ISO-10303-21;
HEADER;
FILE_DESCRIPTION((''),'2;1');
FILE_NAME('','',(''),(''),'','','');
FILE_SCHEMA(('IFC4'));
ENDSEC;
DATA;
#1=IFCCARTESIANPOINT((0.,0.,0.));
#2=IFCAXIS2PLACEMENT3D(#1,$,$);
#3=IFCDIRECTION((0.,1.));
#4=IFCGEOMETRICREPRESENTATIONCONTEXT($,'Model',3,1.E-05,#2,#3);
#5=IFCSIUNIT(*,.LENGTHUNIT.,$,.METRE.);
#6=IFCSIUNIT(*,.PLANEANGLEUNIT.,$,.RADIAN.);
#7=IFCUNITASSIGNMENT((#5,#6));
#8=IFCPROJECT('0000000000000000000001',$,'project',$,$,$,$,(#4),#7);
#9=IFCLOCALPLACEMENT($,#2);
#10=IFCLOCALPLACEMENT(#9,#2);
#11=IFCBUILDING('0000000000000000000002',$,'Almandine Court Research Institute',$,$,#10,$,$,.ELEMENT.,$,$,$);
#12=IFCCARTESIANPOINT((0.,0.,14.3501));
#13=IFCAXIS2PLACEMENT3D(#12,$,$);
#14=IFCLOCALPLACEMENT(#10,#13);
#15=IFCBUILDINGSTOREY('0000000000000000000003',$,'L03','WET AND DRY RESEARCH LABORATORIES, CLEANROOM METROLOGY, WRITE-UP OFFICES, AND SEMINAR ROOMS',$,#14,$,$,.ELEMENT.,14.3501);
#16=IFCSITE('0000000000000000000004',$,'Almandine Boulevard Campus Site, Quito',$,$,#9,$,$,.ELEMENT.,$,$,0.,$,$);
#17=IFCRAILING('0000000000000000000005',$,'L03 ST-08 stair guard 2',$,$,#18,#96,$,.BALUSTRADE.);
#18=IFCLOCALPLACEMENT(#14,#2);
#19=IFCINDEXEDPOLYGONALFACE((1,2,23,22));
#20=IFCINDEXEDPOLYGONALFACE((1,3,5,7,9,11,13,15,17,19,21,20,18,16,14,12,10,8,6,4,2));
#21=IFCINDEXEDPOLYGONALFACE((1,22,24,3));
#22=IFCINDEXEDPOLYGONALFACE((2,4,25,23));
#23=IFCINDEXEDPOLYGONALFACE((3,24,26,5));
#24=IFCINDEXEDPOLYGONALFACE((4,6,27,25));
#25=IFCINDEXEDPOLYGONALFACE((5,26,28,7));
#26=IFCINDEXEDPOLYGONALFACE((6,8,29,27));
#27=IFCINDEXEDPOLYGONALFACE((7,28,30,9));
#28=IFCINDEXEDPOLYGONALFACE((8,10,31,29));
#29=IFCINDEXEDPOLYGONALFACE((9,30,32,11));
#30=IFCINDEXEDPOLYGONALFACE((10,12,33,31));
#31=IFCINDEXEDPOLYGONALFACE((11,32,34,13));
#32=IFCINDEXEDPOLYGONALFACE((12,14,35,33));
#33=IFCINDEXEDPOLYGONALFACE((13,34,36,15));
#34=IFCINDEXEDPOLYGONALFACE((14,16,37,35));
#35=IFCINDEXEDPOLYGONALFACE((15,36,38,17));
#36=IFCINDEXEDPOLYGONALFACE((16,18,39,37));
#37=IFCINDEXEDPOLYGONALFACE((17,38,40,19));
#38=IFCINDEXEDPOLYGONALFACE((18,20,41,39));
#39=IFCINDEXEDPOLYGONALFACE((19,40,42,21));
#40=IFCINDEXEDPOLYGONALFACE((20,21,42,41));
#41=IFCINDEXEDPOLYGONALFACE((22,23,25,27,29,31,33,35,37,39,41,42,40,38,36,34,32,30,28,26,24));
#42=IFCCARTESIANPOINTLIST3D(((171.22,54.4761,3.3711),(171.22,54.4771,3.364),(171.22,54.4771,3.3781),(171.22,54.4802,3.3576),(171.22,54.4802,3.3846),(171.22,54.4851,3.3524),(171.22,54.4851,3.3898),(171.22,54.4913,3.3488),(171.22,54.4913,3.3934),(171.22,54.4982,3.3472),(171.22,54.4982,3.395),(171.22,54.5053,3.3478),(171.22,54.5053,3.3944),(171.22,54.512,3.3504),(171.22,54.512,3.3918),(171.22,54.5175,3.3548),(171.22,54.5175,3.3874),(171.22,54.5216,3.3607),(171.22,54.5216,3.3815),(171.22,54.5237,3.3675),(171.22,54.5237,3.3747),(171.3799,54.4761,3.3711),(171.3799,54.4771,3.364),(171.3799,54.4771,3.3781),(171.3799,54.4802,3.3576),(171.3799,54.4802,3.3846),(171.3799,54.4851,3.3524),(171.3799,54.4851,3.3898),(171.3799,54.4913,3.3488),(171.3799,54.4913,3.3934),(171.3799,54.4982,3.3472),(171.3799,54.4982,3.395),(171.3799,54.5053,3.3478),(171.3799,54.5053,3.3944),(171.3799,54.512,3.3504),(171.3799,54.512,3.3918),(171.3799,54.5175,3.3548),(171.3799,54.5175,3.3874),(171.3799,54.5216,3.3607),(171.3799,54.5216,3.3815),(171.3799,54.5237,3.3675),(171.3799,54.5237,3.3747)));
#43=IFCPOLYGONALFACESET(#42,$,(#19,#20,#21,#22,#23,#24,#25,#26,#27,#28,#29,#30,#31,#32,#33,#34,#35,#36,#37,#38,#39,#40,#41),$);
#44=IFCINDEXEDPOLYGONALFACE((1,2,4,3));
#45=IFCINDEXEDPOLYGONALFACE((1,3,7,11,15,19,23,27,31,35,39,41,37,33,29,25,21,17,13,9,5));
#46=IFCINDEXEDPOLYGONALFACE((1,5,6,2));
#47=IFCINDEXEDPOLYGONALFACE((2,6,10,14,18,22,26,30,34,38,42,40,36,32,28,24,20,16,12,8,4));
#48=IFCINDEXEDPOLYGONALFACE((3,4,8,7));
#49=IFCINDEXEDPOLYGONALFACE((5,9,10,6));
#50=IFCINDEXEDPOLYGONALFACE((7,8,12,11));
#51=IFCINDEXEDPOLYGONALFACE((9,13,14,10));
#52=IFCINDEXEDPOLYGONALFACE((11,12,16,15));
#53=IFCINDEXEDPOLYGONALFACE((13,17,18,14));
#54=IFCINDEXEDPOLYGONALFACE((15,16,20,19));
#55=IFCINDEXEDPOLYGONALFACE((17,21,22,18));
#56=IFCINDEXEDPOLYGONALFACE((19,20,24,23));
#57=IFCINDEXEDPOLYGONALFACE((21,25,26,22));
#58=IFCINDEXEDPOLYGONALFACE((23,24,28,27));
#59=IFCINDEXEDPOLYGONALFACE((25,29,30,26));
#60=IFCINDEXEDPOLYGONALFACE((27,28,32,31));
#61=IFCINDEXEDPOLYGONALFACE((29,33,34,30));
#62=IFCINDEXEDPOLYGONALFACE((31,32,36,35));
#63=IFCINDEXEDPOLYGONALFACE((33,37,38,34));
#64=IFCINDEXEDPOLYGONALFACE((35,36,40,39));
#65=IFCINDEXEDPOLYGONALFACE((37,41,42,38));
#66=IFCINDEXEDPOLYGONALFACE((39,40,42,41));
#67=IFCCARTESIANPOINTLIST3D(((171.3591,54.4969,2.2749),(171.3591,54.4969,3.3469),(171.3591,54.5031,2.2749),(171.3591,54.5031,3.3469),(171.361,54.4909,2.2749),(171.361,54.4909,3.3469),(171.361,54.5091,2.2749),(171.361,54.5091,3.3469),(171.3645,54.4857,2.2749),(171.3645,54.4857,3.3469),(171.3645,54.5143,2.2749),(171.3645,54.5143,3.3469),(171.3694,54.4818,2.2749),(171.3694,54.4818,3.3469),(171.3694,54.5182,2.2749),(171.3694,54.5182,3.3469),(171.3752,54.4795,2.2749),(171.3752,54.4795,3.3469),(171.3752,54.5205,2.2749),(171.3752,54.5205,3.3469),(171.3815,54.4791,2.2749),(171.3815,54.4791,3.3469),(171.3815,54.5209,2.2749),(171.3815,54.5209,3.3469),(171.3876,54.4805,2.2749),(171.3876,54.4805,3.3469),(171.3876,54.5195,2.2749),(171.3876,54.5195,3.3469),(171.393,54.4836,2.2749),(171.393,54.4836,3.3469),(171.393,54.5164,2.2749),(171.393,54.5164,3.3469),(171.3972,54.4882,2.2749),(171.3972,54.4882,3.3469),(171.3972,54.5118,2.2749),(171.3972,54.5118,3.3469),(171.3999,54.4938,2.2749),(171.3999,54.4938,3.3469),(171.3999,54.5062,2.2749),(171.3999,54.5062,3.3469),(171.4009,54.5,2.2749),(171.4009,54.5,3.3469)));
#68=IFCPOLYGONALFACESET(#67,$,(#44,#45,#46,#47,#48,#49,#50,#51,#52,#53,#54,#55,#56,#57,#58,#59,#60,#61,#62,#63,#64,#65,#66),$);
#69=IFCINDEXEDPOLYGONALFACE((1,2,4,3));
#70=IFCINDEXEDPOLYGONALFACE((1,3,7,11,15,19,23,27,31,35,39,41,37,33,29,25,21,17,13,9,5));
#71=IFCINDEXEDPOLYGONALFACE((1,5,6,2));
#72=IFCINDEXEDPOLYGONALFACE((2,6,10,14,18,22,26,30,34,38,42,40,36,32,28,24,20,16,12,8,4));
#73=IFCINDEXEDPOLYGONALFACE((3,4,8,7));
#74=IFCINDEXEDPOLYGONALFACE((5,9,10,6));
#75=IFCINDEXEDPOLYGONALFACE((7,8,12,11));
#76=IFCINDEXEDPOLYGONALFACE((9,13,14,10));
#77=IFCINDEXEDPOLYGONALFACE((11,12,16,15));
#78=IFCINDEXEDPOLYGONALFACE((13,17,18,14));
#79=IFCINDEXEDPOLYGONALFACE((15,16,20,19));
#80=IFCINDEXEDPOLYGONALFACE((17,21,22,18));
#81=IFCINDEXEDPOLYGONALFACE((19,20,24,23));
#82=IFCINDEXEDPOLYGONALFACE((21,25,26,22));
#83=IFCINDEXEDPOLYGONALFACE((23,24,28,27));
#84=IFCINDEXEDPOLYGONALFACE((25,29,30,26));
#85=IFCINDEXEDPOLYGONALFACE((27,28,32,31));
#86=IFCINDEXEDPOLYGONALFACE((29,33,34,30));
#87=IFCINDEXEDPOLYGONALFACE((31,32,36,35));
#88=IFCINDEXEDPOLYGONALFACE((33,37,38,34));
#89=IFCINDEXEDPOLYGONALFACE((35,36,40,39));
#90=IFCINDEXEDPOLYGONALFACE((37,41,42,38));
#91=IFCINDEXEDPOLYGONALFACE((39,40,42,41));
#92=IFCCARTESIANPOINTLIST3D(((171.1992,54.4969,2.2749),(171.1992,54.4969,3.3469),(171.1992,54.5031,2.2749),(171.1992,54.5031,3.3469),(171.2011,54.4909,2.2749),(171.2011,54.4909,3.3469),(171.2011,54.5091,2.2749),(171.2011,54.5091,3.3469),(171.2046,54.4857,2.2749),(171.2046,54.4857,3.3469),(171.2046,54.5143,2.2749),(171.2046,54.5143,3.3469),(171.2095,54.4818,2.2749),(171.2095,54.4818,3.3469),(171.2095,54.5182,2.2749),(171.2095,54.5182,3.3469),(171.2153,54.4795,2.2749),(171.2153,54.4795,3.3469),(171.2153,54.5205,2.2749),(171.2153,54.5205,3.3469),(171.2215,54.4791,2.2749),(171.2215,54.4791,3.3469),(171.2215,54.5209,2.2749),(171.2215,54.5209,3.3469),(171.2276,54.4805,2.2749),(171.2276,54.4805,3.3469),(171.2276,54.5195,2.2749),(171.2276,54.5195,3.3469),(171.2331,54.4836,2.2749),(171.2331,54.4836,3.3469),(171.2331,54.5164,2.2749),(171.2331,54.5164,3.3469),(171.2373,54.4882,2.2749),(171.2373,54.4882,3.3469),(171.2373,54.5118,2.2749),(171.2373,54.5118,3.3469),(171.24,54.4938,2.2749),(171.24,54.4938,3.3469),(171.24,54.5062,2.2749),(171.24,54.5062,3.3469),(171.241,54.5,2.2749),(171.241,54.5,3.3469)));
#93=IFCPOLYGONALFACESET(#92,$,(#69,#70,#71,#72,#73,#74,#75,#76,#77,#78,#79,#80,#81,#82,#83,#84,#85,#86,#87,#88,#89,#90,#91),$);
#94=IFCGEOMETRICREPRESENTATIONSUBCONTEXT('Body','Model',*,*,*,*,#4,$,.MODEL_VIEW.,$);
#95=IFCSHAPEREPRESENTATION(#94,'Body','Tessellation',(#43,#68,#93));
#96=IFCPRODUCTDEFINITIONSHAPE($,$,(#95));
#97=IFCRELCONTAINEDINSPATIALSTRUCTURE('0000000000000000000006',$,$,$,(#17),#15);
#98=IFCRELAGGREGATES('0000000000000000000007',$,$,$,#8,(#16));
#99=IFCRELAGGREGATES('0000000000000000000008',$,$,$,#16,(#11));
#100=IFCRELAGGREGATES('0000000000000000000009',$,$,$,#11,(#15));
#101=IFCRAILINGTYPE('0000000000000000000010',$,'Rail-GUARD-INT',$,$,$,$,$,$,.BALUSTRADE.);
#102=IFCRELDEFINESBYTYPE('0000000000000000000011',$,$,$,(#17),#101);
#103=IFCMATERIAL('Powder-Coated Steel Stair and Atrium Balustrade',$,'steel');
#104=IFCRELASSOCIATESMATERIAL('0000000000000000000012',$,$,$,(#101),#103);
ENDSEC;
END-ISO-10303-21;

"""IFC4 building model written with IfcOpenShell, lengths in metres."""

from ifc_helpers import new_model, si_unit, direction, frame, origin, origin_2d, place, context, subcontext, project, spatial, circle, extrude, material, type_object, element, save


model = new_model("IFC4")

# Units and contexts
model_context = context("Model", 3, precision=1e-05, world=origin(), true_north=direction((0.0, 1.0)))
body_context = subcontext(model_context, "Body", "Model", "MODEL_VIEW")
ifc_project = project(units=[si_unit("LENGTHUNIT", "METRE"), si_unit("PLANEANGLEUNIT", "RADIAN")], contexts=[model_context])

# Site, building, storey
site_placement = place(None, origin())
site = spatial("IfcSite", under=ifc_project, at=site_placement, Name="Almandine Boulevard Campus Site, Quito", CompositionType="ELEMENT", RefElevation=0.0)
building_placement = place(site_placement, origin())
building = spatial("IfcBuilding", under=site, at=building_placement, Name="Almandine Court Research Institute", CompositionType="ELEMENT")
storey_placement = place(building_placement, frame((0.0, 0.0, 14.3501)))
storey = spatial("IfcBuildingStorey", under=building, at=storey_placement, Name="L03", Description="WET AND DRY RESEARCH LABORATORIES, CLEANROOM METROLOGY, WRITE-UP OFFICES, AND SEMINAR ROOMS", CompositionType="ELEMENT", Elevation=14.3501)

# Railing
ifc_material_1 = material(Name="Powder-Coated Steel Stair and Atrium Balustrade", Category="steel")
railing_type_1 = type_object("IfcRailingType", Name="Rail-GUARD-INT", PredefinedType="BALUSTRADE", material=ifc_material_1)
railing_1_placement = place(storey_placement, frame((171.3799, 54.5, 2.2749)))
element("IfcRailing", 1, at=railing_1_placement, inside=storey, type_object=railing_type_1, Name="L03 ST-08 stair guard 2", PredefinedType="BALUSTRADE", context=body_context, shape_type="SweptSolid", body=[
    extrude(circle(Radius=0.0239, at=origin_2d()), frame((0.0, 0.0, 1.0962), z_axis=(-1.0, 0.0, 0.0), x_axis=(0.0, -1.0, 0.0)), (0.0, 0.0, 1.0), 0.1599),
    extrude(circle(Radius=0.021, at=origin_2d()), origin(), (0.0, 0.0, 1.0), 1.072),
    extrude(circle(Radius=0.021, at=origin_2d()), frame((-0.1599, 0.0, 0.0)), (0.0, 0.0, 1.0), 1.072),
])

save(model, "model.ifc")
